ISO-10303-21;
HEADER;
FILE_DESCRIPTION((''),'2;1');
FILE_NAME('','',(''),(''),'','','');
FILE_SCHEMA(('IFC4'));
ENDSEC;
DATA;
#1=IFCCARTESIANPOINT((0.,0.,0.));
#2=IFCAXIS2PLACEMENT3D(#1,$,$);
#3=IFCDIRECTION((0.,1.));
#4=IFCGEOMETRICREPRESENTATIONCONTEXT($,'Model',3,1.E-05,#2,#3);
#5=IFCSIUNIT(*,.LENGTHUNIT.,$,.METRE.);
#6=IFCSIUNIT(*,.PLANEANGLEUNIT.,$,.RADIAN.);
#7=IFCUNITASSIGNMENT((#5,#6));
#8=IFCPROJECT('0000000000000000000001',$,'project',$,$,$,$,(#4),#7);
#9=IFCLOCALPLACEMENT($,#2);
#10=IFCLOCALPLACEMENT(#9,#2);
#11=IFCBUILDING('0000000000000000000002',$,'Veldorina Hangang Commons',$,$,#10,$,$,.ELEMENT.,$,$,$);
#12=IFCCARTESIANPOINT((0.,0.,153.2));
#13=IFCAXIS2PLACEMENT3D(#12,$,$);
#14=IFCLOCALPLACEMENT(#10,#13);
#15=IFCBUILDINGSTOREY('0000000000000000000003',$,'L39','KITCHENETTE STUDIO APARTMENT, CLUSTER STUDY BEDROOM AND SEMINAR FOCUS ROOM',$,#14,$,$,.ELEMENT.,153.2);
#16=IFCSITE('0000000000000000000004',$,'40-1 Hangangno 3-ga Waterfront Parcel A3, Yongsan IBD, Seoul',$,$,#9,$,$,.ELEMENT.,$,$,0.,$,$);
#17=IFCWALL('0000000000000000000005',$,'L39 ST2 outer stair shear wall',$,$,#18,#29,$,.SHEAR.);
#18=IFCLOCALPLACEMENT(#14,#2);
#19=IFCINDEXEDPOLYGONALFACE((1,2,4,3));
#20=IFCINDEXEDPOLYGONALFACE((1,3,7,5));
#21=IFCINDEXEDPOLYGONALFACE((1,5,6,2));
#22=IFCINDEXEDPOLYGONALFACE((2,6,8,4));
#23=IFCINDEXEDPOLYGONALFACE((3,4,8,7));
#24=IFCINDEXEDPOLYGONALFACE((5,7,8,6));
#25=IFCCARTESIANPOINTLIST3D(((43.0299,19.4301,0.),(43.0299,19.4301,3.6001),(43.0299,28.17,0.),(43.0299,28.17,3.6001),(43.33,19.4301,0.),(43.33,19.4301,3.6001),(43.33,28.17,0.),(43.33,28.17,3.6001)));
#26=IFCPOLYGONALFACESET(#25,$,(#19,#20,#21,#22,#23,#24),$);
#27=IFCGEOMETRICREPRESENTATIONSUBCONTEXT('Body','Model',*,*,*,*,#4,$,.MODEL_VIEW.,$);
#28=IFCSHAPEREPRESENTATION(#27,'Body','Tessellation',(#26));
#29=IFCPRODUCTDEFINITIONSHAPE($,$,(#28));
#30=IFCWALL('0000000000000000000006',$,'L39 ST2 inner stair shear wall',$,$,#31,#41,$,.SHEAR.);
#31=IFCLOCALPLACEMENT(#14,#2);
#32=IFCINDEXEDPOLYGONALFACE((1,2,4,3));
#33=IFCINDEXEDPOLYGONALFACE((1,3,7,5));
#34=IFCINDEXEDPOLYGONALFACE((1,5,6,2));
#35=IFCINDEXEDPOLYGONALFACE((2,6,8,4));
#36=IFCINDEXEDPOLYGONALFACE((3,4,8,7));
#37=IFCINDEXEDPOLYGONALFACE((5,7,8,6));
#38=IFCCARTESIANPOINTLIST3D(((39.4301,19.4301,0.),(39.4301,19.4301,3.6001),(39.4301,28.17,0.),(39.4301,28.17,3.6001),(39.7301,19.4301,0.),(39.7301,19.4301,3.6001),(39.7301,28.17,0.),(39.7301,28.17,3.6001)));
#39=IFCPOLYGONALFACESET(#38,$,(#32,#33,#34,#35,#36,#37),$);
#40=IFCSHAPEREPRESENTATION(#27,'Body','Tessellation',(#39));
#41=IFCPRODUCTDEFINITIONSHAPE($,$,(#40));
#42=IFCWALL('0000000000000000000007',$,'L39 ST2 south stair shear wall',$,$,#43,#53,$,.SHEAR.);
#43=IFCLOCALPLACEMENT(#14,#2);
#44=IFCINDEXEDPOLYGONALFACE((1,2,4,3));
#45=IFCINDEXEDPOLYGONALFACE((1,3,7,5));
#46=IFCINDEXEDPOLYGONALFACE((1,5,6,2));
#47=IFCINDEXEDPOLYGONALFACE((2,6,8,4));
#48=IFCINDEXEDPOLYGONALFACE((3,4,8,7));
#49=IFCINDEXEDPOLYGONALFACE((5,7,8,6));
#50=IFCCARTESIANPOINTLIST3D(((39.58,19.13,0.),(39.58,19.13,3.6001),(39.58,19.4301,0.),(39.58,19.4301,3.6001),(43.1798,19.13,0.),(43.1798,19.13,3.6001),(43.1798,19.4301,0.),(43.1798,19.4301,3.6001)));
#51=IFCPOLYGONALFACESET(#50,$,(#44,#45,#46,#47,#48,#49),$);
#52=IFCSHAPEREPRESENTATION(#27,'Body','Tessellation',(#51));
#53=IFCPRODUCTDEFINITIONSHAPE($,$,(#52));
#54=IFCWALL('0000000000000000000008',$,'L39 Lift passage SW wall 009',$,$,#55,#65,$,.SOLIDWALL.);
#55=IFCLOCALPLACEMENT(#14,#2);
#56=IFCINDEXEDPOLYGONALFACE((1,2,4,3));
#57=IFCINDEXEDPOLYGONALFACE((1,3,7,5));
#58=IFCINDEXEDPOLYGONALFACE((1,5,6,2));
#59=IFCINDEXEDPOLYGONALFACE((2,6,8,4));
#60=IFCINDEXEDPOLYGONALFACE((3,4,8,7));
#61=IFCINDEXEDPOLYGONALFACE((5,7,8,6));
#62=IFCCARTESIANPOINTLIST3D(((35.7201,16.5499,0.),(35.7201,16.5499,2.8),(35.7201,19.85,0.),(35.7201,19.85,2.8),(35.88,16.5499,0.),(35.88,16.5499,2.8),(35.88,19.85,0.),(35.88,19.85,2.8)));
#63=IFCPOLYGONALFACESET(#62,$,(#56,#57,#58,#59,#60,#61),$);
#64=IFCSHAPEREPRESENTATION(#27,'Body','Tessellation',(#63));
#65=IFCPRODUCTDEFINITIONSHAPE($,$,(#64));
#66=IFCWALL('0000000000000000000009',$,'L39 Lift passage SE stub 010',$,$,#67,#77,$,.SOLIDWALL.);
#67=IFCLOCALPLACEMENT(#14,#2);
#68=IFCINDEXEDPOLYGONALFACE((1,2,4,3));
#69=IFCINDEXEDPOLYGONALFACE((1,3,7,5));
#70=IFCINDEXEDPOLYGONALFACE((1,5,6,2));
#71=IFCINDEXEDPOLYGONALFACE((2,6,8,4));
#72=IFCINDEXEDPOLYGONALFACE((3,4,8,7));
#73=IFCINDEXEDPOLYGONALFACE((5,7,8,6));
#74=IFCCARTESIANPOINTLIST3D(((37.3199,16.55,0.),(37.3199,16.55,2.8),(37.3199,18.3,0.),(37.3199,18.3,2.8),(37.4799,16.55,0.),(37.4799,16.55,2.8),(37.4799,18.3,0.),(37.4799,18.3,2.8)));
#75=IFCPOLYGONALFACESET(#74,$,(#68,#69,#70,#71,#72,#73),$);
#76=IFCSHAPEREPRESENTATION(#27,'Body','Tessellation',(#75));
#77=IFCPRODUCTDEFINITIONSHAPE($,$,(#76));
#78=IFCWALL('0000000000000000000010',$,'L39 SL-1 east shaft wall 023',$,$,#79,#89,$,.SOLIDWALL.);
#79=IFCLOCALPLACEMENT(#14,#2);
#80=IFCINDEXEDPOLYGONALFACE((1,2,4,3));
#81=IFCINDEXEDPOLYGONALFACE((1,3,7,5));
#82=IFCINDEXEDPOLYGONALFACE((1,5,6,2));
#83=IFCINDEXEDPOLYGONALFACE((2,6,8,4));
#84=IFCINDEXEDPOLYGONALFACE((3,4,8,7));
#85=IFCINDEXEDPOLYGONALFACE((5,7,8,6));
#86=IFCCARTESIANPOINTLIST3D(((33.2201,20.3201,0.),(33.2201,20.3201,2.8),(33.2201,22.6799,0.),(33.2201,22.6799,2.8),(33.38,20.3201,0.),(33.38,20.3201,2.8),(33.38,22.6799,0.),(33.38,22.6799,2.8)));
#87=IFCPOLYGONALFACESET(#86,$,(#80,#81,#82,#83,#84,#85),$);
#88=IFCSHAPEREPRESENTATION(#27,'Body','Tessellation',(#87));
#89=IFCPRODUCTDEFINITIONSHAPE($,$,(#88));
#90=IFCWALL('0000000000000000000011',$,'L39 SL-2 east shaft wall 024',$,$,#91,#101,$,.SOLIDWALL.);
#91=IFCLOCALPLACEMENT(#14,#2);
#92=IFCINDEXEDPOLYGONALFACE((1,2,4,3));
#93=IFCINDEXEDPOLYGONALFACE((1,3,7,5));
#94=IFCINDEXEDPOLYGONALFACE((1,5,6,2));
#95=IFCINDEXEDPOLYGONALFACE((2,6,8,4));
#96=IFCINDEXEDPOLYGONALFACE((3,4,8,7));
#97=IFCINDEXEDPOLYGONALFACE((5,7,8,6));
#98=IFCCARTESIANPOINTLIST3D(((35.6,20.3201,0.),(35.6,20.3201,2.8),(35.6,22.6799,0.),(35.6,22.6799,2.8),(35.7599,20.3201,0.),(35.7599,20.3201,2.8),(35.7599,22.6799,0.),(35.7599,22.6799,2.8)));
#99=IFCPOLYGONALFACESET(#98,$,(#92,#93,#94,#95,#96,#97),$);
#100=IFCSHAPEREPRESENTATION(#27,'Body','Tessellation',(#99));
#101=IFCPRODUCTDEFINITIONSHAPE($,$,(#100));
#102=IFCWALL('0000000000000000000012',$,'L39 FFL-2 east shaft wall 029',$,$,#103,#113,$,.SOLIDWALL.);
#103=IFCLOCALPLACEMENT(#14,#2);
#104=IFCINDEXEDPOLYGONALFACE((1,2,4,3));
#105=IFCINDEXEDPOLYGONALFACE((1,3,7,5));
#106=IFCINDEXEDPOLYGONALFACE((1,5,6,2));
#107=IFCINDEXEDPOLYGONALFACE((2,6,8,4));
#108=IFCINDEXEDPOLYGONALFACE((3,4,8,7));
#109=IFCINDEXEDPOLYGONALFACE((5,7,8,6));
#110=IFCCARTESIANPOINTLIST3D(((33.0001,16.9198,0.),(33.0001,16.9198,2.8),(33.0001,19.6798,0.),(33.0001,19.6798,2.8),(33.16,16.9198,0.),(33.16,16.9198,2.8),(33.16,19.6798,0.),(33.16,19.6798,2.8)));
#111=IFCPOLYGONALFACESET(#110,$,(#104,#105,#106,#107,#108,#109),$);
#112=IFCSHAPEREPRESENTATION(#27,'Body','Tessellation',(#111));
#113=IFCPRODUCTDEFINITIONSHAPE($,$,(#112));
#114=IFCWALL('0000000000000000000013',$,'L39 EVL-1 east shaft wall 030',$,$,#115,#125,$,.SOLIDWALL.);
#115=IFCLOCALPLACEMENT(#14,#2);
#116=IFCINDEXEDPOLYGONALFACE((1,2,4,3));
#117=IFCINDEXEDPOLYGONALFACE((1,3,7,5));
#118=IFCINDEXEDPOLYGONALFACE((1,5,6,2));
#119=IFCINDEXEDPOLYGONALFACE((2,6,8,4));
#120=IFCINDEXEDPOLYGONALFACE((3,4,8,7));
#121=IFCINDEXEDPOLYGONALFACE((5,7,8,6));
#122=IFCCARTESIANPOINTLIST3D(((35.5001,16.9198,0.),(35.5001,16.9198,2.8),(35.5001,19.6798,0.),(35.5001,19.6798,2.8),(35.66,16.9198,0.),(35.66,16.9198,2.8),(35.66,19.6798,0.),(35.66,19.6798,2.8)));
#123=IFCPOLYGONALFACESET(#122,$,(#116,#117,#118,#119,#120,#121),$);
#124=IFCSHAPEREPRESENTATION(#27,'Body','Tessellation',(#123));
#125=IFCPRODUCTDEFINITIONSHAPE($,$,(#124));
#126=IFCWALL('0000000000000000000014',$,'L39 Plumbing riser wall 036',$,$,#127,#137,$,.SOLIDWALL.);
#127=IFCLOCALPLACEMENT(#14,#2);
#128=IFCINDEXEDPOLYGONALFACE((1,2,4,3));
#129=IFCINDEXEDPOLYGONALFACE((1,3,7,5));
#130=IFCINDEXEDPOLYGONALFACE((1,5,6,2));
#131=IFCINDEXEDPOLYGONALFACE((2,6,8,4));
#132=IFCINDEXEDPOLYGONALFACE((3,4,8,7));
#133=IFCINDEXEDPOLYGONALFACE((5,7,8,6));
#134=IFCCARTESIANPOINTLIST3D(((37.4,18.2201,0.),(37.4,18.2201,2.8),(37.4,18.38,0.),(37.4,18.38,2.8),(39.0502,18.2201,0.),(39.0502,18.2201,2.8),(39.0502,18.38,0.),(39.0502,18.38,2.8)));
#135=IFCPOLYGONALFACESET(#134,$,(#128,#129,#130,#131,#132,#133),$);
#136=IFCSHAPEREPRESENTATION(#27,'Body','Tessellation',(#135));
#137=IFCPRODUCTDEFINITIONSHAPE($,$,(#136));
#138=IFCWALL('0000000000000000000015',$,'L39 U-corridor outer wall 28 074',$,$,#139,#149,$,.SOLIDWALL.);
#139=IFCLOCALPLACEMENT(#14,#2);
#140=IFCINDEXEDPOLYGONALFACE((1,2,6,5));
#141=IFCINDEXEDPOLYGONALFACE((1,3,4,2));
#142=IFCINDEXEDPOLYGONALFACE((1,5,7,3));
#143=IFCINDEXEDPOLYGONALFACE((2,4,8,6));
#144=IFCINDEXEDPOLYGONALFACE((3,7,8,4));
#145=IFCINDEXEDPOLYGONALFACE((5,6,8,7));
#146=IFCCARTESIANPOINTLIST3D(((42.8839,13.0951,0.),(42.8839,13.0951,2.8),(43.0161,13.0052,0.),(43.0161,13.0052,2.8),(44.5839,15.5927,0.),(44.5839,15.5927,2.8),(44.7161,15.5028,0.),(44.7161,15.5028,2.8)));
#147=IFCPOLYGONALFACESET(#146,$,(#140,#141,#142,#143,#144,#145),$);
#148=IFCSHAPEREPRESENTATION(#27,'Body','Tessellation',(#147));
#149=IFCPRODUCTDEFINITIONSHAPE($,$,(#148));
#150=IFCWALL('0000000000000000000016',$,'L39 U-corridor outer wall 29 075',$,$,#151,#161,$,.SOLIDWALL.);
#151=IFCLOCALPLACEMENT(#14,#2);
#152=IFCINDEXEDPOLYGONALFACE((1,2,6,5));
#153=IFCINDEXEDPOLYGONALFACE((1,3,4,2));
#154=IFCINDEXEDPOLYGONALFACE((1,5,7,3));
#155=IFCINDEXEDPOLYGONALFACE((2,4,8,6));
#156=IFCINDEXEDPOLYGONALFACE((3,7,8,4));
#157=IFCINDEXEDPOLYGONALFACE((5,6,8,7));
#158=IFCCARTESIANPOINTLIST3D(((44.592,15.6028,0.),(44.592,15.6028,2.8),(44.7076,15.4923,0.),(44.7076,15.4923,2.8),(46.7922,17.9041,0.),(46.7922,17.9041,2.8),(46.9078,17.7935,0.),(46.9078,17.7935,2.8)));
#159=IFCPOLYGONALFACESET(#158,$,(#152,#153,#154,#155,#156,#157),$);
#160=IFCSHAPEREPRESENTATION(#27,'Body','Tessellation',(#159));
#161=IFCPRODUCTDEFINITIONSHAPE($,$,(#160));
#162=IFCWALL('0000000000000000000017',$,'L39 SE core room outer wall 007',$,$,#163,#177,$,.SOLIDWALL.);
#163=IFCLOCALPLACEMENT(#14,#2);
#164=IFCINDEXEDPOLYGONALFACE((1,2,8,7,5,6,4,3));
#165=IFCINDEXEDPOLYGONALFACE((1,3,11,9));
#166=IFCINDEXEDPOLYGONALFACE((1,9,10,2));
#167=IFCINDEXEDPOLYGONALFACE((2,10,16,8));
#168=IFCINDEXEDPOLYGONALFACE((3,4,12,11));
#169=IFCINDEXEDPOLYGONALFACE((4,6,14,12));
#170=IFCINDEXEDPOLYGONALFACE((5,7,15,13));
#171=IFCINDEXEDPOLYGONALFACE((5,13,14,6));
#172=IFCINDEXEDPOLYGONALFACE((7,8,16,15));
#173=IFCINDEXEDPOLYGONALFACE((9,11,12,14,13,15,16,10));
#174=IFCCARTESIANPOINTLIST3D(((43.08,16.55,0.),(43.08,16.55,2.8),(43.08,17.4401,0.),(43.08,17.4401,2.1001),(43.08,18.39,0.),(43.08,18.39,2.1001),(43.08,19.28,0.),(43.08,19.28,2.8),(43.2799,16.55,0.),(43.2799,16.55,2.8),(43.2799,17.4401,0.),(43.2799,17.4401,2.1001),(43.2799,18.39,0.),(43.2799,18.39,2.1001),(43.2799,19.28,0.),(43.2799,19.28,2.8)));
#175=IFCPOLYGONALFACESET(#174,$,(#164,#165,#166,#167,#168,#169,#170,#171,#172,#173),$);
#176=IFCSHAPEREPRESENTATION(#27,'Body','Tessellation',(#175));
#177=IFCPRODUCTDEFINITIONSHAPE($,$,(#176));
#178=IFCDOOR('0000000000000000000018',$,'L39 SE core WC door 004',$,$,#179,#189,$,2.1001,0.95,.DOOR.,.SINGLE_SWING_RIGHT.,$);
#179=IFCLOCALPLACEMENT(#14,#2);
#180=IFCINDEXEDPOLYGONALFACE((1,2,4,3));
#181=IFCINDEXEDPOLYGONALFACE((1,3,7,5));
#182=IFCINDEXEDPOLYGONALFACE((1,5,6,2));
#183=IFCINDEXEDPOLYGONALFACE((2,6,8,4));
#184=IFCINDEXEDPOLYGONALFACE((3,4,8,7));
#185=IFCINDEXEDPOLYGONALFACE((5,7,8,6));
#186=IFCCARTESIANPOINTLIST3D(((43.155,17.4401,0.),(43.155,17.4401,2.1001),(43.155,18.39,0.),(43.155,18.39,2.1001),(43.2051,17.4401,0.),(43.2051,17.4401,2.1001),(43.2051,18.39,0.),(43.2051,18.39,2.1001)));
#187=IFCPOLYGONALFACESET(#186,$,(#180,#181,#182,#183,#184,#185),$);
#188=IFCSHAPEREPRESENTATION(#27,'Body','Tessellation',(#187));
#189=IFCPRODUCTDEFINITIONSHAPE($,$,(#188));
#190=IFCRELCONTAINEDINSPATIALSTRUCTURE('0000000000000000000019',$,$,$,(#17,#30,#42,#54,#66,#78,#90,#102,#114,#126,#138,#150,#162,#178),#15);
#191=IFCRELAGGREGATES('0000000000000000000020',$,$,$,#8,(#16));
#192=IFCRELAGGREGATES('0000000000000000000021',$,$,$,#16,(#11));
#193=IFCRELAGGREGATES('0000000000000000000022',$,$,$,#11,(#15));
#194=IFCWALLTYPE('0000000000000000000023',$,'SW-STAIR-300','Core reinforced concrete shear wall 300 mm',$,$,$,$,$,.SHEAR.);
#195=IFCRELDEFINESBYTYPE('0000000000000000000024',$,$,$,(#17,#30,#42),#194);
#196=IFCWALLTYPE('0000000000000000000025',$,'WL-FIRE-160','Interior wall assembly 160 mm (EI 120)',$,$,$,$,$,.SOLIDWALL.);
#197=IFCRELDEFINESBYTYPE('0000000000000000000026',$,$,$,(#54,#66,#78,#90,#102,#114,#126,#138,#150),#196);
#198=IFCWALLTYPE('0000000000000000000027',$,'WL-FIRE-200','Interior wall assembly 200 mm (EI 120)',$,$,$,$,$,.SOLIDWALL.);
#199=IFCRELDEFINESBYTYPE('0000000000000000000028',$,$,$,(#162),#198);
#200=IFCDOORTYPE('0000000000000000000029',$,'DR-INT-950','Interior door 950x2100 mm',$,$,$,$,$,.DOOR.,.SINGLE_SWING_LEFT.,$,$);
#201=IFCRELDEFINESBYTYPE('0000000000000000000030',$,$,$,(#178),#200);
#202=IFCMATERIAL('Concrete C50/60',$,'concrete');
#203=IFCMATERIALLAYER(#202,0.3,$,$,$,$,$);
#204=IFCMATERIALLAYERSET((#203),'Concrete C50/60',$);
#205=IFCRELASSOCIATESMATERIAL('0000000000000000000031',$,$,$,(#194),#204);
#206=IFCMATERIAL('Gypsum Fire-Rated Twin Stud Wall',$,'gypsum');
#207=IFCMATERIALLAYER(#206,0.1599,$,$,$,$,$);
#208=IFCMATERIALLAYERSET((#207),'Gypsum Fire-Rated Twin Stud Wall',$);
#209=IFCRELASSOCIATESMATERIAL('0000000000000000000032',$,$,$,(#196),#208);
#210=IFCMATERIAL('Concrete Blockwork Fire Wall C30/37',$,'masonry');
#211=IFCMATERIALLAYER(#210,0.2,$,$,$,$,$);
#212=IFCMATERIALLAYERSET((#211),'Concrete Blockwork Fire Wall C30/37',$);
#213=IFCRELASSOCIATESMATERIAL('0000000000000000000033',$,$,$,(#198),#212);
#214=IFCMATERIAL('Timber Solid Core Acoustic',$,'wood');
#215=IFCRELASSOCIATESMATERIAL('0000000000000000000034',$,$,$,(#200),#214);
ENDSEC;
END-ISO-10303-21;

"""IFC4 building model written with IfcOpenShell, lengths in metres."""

from ifc_helpers import new_model, si_unit, direction, frame, frame_2d, origin, place, context, subcontext, project, spatial, rectangle, extrude, material, layer, layer_set, type_object, element, fill, save


model = new_model("IFC4")

# Units and contexts
model_context = context("Model", 3, precision=1e-05, world=origin(), true_north=direction((0.0, 1.0)))
body_context = subcontext(model_context, "Body", "Model", "MODEL_VIEW")
ifc_project = project(units=[si_unit("LENGTHUNIT", "METRE"), si_unit("PLANEANGLEUNIT", "RADIAN")], contexts=[model_context])

# Site, building, storey
site_placement = place(None, origin())
site = spatial("IfcSite", under=ifc_project, at=site_placement, Name="40-1 Hangangno 3-ga Waterfront Parcel A3, Yongsan IBD, Seoul", CompositionType="ELEMENT", RefElevation=0.0)
building_placement = place(site_placement, origin())
building = spatial("IfcBuilding", under=site, at=building_placement, Name="Veldorina Hangang Commons", CompositionType="ELEMENT")
storey_placement = place(building_placement, frame((0.0, 0.0, 153.2)))
storey = spatial("IfcBuildingStorey", under=building, at=storey_placement, Name="L39", Description="KITCHENETTE STUDIO APARTMENT, CLUSTER STUDY BEDROOM AND SEMINAR FOCUS ROOM", CompositionType="ELEMENT", Elevation=153.2)

# Walls
ifc_material_1 = material(Name="Concrete C50/60", Category="concrete")
ifc_layer_1 = layer(ifc_material_1, 0.3)
ifc_layer_set_1 = layer_set([ifc_layer_1], Name="Concrete C50/60")
wall_type_1 = type_object("IfcWallType", Name="SW-STAIR-300", Description="Core reinforced concrete shear wall 300 mm", PredefinedType="SHEAR", material=ifc_layer_set_1)
for number, where, z_axis, x_axis, name in (
    (1, (43.1799, 19.4299, 0.0), (0.0, 0.0, 1.0), (0.0, 1.0, 0.0), "L39 ST2 outer stair shear wall"),
    (2, (39.5801, 19.4299, 0.0), (0.0, 0.0, 1.0), (0.0, 1.0, 0.0), "L39 ST2 inner stair shear wall"),
):
    element("IfcWall", number, at=place(storey_placement, frame(where, z_axis=z_axis, x_axis=x_axis)), inside=storey, type_object=wall_type_1, Name=name, PredefinedType="SHEAR", context=body_context, shape_type="SweptSolid", body=[
        extrude(rectangle(XDim=8.74, YDim=0.3, at=frame_2d((4.3701, 0.0))), origin(), (0.0, 0.0, 1.0), 3.6001),
    ])
wall_1_placement = place(storey_placement, frame((39.5801, 19.28, 0.0), z_axis=(0.0, 0.0, 1.0), x_axis=(1.0, 0.0, 0.0)))
element("IfcWall", 3, at=wall_1_placement, inside=storey, type_object=wall_type_1, Name="L39 ST2 south stair shear wall", PredefinedType="SHEAR", context=body_context, shape_type="SweptSolid", body=[
    extrude(rectangle(XDim=3.5999, YDim=0.3, at=frame_2d((1.7998, 0.0))), origin(), (0.0, 0.0, 1.0), 3.6001),
])
ifc_material_2 = material(Name="Gypsum Fire-Rated Twin Stud Wall", Category="gypsum")
ifc_layer_2 = layer(ifc_material_2, 0.1599)
ifc_layer_set_2 = layer_set([ifc_layer_2], Name="Gypsum Fire-Rated Twin Stud Wall")
wall_type_2 = type_object("IfcWallType", Name="WL-FIRE-160", Description="Interior wall assembly 160 mm (EI 120)", PredefinedType="SOLIDWALL", material=ifc_layer_set_2)
wall_2_placement = place(storey_placement, frame((35.8, 16.55, 0.0), z_axis=(0.0, 0.0, 1.0), x_axis=(0.0, 1.0, 0.0)))
element("IfcWall", 4, at=wall_2_placement, inside=storey, type_object=wall_type_2, Name="L39 Lift passage SW wall 009", PredefinedType="SOLIDWALL", context=body_context, shape_type="SweptSolid", body=[
    extrude(rectangle(XDim=3.3, YDim=0.1599, at=frame_2d((1.6499, 0.0))), origin(), (0.0, 0.0, 1.0), 2.8),
])
wall_3_placement = place(storey_placement, frame((37.3999, 16.55, 0.0), z_axis=(0.0, 0.0, 1.0), x_axis=(0.0, 1.0, 0.0)))
element("IfcWall", 5, at=wall_3_placement, inside=storey, type_object=wall_type_2, Name="L39 Lift passage SE stub 010", PredefinedType="SOLIDWALL", context=body_context, shape_type="SweptSolid", body=[
    extrude(rectangle(XDim=1.75, YDim=0.1599, at=frame_2d((0.875, 0.0))), origin(), (0.0, 0.0, 1.0), 2.8),
])
for number, where, z_axis, x_axis, name in (
    (6, (33.3, 20.3201, 0.0), (0.0, 0.0, 1.0), (0.0, 1.0, 0.0), "L39 SL-1 east shaft wall 023"),
    (7, (35.6799, 20.3201, 0.0), (0.0, 0.0, 1.0), (0.0, 1.0, 0.0), "L39 SL-2 east shaft wall 024"),
):
    element("IfcWall", number, at=place(storey_placement, frame(where, z_axis=z_axis, x_axis=x_axis)), inside=storey, type_object=wall_type_2, Name=name, PredefinedType="SOLIDWALL", context=body_context, shape_type="SweptSolid", body=[
        extrude(rectangle(XDim=2.3599, YDim=0.1599, at=frame_2d((1.1799, 0.0))), origin(), (0.0, 0.0, 1.0), 2.8),
    ])
for number, where, z_axis, x_axis, name in (
    (8, (33.0801, 16.9199, 0.0), (0.0, 0.0, 1.0), (0.0, 1.0, 0.0), "L39 FFL-2 east shaft wall 029"),
    (9, (35.5801, 16.9199, 0.0), (0.0, 0.0, 1.0), (0.0, 1.0, 0.0), "L39 EVL-1 east shaft wall 030"),
):
    element("IfcWall", number, at=place(storey_placement, frame(where, z_axis=z_axis, x_axis=x_axis)), inside=storey, type_object=wall_type_2, Name=name, PredefinedType="SOLIDWALL", context=body_context, shape_type="SweptSolid", body=[
        extrude(rectangle(XDim=2.76, YDim=0.1599, at=frame_2d((1.3799, 0.0))), origin(), (0.0, 0.0, 1.0), 2.8),
    ])
wall_4_placement = place(storey_placement, frame((37.3999, 18.3, 0.0), z_axis=(0.0, 0.0, 1.0), x_axis=(1.0, 0.0, 0.0)))
element("IfcWall", 10, at=wall_4_placement, inside=storey, type_object=wall_type_2, Name="L39 Plumbing riser wall 036", PredefinedType="SOLIDWALL", context=body_context, shape_type="SweptSolid", body=[
    extrude(rectangle(XDim=1.6501, YDim=0.1599, at=frame_2d((0.8252, 0.0))), origin(), (0.0, 0.0, 1.0), 2.8),
])
wall_5_placement = place(storey_placement, frame((42.95, 13.05, 0.0), z_axis=(0.0, 0.0, 1.0), x_axis=(0.562675, 0.826678, 0.0)))
element("IfcWall", 11, at=wall_5_placement, inside=storey, type_object=wall_type_2, Name="L39 U-corridor outer wall 28 074", PredefinedType="SOLIDWALL", context=body_context, shape_type="SweptSolid", body=[
    extrude(rectangle(XDim=3.0212, YDim=0.1599, at=frame_2d((1.5107, 0.0))), origin(), (0.0, 0.0, 1.0), 2.8),
])
wall_6_placement = place(storey_placement, frame((44.6499, 15.5476, 0.0), z_axis=(0.0, 0.0, 1.0), x_axis=(0.691055, 0.722802, 0.0)))
element("IfcWall", 12, at=wall_6_placement, inside=storey, type_object=wall_type_2, Name="L39 U-corridor outer wall 29 075", PredefinedType="SOLIDWALL", context=body_context, shape_type="SweptSolid", body=[
    extrude(rectangle(XDim=3.1838, YDim=0.1599, at=frame_2d((1.5918, 0.0))), origin(), (0.0, 0.0, 1.0), 2.8),
])

# Wall, opening, door
ifc_material_3 = material(Name="Concrete Blockwork Fire Wall C30/37", Category="masonry")
ifc_layer_3 = layer(ifc_material_3, 0.2)
ifc_layer_set_3 = layer_set([ifc_layer_3], Name="Concrete Blockwork Fire Wall C30/37")
wall_type_3 = type_object("IfcWallType", Name="WL-FIRE-200", Description="Interior wall assembly 200 mm (EI 120)", PredefinedType="SOLIDWALL", material=ifc_layer_set_3)
wall_7_placement = place(storey_placement, frame((43.1799, 16.55, 0.0), z_axis=(0.0, 0.0, 1.0), x_axis=(0.0, 1.0, 0.0)))
wall_7 = element("IfcWall", 13, at=wall_7_placement, inside=storey, type_object=wall_type_3, Name="L39 SE core room outer wall 007", PredefinedType="SOLIDWALL", context=body_context, shape_type="SweptSolid", body=[
    extrude(rectangle(XDim=2.73, YDim=0.2, at=frame_2d((1.365, 0.0))), origin(), (0.0, 0.0, 1.0), 2.8),
])
opening_1_placement = place(wall_7_placement, frame((0.8899, 0.0, 0.0)))
opening_1 = element("IfcOpeningElement", 14, at=opening_1_placement, cuts=wall_7, PredefinedType="OPENING", context=body_context, shape_type="SweptSolid", body=[
    extrude(rectangle(XDim=0.95, YDim=2.1001, at=frame_2d((0.4751, 1.05))), frame((0.0, 0.1099, 0.0), z_axis=(0.0, -1.0, 0.0), x_axis=(1.0, 0.0, 0.0)), (0.0, 0.0, 1.0), 0.22),
])
ifc_material_4 = material(Name="Timber Solid Core Acoustic", Category="wood")
door_type_1 = type_object("IfcDoorType", Name="DR-INT-950", Description="Interior door 950x2100 mm", OperationType="SINGLE_SWING_LEFT", PredefinedType="DOOR", material=ifc_material_4)
door_1_placement = place(opening_1_placement, origin())
door_1 = element("IfcDoor", 15, at=door_1_placement, inside=storey, type_object=door_type_1, Name="L39 SE core WC door 004", OperationType="SINGLE_SWING_RIGHT", OverallHeight=2.1001, OverallWidth=0.95, PredefinedType="DOOR", context=body_context, shape_type="SweptSolid", body=[
    extrude(rectangle(XDim=0.95, YDim=2.1001, at=frame_2d((0.4751, 1.05))), frame((0.0, 0.0249, 0.0), z_axis=(0.0, -1.0, 0.0), x_axis=(1.0, 0.0, 0.0)), (0.0, 0.0, 1.0), 0.05),
])
fill(opening_1, door_1)

save(model, "model.ifc")
